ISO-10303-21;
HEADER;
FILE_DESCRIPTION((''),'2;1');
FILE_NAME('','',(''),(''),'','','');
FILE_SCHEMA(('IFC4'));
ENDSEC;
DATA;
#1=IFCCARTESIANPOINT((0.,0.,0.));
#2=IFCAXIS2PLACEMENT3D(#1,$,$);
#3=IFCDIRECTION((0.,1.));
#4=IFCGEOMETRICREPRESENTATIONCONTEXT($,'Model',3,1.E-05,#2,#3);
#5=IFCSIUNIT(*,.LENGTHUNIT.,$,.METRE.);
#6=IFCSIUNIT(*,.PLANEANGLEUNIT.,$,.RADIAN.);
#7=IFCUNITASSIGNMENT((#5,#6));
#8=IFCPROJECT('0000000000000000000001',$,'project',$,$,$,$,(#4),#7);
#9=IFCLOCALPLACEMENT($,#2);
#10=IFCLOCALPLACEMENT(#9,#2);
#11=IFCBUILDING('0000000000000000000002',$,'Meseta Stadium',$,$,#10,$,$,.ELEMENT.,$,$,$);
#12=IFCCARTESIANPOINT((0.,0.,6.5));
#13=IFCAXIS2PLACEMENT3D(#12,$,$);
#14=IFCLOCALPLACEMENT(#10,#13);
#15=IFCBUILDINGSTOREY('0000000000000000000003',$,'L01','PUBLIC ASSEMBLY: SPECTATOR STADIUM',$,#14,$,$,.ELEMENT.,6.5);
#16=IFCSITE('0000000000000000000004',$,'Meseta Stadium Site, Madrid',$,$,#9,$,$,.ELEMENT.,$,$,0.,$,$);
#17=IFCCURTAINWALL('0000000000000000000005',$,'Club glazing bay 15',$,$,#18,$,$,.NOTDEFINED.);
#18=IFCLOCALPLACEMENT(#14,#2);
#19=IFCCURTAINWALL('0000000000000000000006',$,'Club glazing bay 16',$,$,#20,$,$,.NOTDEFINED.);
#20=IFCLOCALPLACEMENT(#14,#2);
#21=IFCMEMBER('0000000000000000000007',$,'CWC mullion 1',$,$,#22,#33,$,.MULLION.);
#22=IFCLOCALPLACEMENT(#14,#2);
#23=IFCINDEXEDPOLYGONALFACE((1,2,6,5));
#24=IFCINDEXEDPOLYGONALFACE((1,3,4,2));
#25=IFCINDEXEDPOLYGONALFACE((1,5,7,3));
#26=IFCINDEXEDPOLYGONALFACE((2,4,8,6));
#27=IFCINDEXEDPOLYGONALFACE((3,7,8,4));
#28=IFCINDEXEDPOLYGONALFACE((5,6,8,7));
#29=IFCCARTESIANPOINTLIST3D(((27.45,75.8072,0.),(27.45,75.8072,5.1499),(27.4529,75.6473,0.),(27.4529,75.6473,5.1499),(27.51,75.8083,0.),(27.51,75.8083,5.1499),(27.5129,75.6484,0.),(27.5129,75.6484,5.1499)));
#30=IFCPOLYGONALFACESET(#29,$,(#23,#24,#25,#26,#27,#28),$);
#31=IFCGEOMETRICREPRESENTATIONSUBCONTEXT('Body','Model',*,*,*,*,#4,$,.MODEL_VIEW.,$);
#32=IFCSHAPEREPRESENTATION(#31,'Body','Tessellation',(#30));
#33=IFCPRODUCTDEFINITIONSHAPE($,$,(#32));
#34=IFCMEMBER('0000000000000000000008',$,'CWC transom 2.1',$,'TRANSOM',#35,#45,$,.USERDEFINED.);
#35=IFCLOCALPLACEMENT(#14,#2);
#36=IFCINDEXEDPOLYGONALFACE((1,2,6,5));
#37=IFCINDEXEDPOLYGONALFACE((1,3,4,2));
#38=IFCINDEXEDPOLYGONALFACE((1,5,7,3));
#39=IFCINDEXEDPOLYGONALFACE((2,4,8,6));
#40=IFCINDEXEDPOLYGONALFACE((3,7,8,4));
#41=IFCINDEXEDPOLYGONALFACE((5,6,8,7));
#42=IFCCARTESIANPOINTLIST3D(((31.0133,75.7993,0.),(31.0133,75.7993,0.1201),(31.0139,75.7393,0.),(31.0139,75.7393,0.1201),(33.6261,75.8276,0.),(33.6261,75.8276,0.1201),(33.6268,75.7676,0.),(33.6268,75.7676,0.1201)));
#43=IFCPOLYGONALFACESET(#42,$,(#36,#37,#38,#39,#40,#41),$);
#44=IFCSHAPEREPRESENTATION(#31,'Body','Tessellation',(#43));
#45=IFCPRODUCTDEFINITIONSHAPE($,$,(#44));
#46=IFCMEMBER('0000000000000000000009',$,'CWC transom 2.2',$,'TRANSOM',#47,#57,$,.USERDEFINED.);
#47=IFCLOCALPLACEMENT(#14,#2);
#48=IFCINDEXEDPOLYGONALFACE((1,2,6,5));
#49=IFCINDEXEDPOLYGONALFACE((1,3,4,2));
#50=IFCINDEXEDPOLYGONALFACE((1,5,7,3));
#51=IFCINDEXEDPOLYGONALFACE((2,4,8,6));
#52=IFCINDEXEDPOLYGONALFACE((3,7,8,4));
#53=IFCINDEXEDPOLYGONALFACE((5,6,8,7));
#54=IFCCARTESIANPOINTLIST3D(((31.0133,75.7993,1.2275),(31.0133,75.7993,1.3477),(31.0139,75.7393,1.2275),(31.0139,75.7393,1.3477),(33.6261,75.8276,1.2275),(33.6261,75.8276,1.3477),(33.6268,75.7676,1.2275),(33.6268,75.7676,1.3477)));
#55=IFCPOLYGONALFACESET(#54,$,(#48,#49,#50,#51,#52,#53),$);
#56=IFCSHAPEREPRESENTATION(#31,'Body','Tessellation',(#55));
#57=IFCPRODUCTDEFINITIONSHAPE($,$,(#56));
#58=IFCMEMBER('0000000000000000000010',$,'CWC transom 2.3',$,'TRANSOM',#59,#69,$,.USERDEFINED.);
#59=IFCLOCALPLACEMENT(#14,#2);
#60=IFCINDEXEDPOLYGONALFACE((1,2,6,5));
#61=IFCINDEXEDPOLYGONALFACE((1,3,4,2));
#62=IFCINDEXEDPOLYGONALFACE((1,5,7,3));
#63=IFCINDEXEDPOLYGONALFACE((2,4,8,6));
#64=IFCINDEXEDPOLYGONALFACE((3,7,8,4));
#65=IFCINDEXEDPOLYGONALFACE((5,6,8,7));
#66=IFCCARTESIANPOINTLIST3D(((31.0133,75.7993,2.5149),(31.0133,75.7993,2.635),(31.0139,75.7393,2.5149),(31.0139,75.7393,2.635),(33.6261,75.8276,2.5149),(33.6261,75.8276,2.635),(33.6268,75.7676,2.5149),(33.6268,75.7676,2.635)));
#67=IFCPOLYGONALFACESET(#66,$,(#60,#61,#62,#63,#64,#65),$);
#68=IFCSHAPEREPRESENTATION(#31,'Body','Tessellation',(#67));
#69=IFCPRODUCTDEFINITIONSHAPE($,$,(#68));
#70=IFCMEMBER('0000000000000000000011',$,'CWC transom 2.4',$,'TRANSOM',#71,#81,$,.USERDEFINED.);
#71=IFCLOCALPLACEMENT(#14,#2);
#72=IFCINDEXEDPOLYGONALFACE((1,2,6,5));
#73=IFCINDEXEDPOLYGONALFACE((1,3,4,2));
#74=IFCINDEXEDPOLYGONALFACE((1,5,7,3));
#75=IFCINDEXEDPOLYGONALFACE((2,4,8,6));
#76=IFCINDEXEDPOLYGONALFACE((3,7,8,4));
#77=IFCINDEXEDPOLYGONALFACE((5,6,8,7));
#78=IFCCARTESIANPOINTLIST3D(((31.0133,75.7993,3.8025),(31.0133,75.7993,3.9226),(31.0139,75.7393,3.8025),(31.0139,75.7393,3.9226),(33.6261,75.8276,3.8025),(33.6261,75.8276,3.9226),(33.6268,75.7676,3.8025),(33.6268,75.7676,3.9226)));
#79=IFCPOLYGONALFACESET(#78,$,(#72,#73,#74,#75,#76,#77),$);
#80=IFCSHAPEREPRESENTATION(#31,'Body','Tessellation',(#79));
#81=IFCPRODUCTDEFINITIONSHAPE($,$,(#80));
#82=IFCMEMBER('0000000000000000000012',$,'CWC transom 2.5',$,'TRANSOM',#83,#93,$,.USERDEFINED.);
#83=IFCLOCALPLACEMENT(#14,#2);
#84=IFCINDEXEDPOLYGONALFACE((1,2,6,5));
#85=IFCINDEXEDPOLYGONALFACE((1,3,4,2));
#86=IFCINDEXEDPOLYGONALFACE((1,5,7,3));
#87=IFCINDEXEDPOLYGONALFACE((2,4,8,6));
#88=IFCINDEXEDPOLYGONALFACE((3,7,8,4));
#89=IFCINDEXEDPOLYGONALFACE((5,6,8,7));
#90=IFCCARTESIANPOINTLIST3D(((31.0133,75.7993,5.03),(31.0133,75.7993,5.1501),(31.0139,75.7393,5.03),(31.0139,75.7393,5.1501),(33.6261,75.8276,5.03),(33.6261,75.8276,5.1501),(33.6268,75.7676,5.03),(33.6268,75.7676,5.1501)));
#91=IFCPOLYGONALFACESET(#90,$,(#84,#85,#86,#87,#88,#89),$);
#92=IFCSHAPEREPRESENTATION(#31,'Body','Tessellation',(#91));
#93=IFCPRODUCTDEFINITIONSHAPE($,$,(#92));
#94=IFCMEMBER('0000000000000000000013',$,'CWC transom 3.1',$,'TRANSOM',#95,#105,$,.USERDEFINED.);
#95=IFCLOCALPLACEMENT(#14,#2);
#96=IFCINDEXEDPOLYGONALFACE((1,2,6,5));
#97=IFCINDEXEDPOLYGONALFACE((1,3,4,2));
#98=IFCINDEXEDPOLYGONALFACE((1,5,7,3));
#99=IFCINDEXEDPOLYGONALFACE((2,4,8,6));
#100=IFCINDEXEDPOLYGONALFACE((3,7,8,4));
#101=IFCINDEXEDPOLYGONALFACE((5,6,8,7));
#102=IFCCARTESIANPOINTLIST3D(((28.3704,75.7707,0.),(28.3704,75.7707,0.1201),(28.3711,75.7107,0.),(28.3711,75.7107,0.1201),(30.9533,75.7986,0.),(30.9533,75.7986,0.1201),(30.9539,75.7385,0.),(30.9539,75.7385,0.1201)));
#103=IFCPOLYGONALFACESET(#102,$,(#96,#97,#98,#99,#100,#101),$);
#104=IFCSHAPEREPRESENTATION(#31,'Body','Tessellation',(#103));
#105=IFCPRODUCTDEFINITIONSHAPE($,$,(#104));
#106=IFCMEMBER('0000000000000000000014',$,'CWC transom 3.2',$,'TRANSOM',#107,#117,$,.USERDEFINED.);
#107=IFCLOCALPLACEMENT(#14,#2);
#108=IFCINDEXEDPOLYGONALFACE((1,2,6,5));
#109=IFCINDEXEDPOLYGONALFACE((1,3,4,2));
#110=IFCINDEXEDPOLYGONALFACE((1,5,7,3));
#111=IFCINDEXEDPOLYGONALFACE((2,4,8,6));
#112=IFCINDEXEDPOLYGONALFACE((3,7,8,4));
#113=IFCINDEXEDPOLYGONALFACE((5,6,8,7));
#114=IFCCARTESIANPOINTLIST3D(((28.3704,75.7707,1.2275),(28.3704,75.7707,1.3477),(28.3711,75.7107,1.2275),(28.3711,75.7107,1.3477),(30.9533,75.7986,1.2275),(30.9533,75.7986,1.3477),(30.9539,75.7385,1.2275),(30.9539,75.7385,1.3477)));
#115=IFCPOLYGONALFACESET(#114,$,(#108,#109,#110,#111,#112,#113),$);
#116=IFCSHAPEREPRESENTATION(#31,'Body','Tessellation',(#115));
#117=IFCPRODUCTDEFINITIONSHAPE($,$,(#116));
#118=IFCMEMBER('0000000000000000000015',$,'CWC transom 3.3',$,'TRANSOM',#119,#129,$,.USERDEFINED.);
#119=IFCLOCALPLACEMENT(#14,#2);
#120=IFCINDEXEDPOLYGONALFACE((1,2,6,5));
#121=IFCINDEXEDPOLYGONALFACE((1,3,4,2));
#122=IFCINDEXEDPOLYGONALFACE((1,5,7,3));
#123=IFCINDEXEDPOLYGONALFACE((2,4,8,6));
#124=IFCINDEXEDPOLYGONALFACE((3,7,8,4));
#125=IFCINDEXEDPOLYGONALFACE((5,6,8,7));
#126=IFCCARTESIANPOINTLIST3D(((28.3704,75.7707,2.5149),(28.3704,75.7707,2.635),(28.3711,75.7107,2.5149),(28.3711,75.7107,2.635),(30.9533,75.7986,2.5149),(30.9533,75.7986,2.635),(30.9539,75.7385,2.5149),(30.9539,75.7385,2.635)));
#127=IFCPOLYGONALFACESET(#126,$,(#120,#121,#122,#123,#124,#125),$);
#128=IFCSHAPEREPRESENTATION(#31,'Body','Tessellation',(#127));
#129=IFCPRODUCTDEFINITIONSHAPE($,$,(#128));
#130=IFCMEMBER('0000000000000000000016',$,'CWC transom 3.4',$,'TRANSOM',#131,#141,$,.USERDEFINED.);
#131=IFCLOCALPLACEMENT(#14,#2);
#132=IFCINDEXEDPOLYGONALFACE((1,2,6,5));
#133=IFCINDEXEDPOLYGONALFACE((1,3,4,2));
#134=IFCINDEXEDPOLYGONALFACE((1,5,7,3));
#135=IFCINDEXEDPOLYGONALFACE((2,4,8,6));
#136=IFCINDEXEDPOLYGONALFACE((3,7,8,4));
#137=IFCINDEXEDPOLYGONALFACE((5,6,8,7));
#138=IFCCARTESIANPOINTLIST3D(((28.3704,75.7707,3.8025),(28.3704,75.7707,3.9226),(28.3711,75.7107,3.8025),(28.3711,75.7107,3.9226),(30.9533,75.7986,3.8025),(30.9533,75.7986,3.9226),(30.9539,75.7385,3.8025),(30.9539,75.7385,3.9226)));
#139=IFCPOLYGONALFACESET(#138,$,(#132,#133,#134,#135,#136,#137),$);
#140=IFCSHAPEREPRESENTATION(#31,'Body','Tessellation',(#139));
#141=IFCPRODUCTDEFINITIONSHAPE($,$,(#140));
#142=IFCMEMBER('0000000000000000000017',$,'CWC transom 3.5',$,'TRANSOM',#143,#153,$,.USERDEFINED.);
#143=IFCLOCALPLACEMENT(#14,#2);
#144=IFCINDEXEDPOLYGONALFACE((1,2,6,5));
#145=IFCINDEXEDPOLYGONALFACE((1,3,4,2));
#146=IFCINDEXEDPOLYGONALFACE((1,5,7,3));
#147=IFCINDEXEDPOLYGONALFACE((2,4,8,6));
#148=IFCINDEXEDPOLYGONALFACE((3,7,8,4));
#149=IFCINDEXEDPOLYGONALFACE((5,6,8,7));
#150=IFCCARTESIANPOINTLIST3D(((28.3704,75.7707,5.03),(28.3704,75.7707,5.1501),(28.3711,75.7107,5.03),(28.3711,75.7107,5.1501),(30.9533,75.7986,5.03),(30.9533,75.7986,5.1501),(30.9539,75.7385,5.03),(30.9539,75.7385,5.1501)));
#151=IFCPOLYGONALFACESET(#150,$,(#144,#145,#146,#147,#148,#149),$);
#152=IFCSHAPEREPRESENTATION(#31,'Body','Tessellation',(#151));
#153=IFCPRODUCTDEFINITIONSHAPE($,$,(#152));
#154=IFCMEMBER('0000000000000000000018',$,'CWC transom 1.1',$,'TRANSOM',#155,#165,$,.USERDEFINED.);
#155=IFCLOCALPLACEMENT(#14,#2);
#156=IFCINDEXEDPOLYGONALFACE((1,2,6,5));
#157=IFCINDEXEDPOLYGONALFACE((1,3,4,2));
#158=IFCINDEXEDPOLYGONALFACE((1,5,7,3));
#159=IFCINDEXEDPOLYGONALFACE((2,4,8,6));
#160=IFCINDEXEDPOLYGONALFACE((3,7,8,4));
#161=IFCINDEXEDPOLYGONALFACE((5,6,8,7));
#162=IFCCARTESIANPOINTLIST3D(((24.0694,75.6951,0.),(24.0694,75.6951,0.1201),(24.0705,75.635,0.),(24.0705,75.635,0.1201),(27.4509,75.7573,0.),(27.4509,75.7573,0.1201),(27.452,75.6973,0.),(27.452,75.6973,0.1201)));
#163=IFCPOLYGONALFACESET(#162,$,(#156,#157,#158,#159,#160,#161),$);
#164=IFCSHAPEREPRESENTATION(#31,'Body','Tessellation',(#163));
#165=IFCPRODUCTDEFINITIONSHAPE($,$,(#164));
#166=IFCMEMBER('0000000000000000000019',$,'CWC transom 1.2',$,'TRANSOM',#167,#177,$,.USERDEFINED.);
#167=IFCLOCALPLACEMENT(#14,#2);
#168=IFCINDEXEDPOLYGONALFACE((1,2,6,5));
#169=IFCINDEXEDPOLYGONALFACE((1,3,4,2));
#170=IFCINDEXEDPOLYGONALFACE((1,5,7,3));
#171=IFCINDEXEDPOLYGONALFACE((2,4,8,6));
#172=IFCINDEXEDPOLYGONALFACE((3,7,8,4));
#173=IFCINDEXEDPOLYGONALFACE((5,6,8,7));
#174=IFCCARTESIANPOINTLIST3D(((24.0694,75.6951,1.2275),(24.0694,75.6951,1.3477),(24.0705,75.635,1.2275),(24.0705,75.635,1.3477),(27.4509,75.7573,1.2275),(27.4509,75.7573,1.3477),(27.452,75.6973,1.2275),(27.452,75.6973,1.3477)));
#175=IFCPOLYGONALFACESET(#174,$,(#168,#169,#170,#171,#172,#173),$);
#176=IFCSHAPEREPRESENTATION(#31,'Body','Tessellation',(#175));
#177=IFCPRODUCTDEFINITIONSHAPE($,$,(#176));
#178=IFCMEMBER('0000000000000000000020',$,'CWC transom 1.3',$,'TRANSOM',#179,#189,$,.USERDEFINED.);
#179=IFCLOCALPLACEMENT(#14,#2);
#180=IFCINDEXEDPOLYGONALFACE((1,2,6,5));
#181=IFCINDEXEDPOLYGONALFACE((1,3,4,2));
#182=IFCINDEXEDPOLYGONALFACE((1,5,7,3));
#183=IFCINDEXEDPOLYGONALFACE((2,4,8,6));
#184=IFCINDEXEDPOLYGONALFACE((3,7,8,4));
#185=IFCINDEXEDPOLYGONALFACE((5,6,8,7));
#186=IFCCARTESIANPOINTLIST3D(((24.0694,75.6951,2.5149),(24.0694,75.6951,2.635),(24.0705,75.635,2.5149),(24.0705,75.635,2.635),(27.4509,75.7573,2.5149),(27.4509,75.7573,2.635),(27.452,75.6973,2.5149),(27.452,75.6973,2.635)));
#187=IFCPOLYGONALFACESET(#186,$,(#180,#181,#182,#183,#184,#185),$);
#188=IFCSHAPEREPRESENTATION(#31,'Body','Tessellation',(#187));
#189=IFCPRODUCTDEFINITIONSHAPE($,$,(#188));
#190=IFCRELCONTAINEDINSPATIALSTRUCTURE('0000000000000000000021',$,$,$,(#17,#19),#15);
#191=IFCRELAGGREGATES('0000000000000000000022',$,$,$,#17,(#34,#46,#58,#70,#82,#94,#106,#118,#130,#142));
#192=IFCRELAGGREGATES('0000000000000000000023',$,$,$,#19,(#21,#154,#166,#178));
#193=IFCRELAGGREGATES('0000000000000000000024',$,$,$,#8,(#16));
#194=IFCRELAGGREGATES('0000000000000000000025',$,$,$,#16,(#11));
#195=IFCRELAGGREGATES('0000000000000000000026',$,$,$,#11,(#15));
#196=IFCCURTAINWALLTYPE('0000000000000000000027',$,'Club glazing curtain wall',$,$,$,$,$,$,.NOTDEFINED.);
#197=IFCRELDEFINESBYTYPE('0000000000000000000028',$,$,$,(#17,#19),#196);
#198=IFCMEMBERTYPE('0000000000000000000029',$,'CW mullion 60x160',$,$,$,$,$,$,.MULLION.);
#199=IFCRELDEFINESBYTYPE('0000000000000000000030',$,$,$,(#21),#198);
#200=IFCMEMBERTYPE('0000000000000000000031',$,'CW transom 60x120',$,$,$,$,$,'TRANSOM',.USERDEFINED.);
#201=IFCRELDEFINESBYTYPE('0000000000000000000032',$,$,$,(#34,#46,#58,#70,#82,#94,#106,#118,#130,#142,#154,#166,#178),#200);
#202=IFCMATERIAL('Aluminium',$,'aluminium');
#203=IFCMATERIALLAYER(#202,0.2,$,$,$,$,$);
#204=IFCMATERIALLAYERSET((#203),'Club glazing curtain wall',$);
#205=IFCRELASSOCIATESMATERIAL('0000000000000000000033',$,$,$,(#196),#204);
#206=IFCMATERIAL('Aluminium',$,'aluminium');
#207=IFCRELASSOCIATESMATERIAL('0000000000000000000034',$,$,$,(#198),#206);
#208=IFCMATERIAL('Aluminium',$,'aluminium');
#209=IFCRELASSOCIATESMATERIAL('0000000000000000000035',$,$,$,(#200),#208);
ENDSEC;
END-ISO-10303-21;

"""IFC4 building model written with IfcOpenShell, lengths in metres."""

from ifc_helpers import new_model, si_unit, direction, frame, origin, origin_2d, place, context, subcontext, project, spatial, rectangle, extrude, material, layer, layer_set, material_profile, profile_set, type_object, element, aggregate, save


model = new_model("IFC4")

# Units and contexts
model_context = context("Model", 3, precision=1e-05, world=origin(), true_north=direction((0.0, 1.0)))
body_context = subcontext(model_context, "Body", "Model", "MODEL_VIEW")
ifc_project = project(units=[si_unit("LENGTHUNIT", "METRE"), si_unit("PLANEANGLEUNIT", "RADIAN")], contexts=[model_context])

# Site, building, storey
site_placement = place(None, origin())
site = spatial("IfcSite", under=ifc_project, at=site_placement, Name="Meseta Stadium Site, Madrid", CompositionType="ELEMENT", RefElevation=0.0)
building_placement = place(site_placement, origin())
building = spatial("IfcBuilding", under=site, at=building_placement, Name="Meseta Stadium", CompositionType="ELEMENT")
storey_placement = place(building_placement, frame((0.0, 0.0, 6.5)))
storey = spatial("IfcBuildingStorey", under=building, at=storey_placement, Name="L01", Description="PUBLIC ASSEMBLY: SPECTATOR STADIUM", CompositionType="ELEMENT", Elevation=6.5)

# Shared definitions
ifc_material_1 = material(Name="Aluminium", Category="aluminium")
ifc_layer_1 = layer(ifc_material_1, 0.2)
ifc_layer_set_1 = layer_set([ifc_layer_1], Name="Club glazing curtain wall")
curtain_wall_type = type_object("IfcCurtainWallType", Name="Club glazing curtain wall", PredefinedType="NOTDEFINED", material=ifc_layer_set_1)
ifc_material_2 = material(Name="Aluminium", Category="aluminium")
ifc_material_profile_1 = material_profile(ifc_material_2, rectangle(XDim=0.1599, YDim=0.0601, at=origin_2d()), Name="CW 160x60")
ifc_profile_set_1 = profile_set([ifc_material_profile_1], Name="Aluminium")
member_type_1 = type_object("IfcMemberType", Name="CW mullion 60x160", PredefinedType="MULLION", material=ifc_profile_set_1)

# Curtain wall
curtain_wall_1_placement = place(storey_placement, origin())
curtain_wall_1 = element("IfcCurtainWall", 1, at=curtain_wall_1_placement, inside=storey, type_object=curtain_wall_type, Name="Club glazing bay 15", PredefinedType="NOTDEFINED")

# Curtain wall, member
curtain_wall_2_placement = place(storey_placement, origin())
curtain_wall_2 = element("IfcCurtainWall", 2, at=curtain_wall_2_placement, inside=storey, type_object=curtain_wall_type, Name="Club glazing bay 16", PredefinedType="NOTDEFINED")
member_1_placement = place(storey_placement, frame((27.4814, 75.7278, 0.0), z_axis=(0.0, 0.0, 1.0), x_axis=(0.018384, -0.999831, 0.0)))
member_1 = element("IfcMember", 3, at=member_1_placement, type_object=member_type_1, Name="CWC mullion 1", PredefinedType="MULLION", context=body_context, shape_type="SweptSolid", body=[
    extrude(rectangle(XDim=0.1599, YDim=0.0601, at=origin_2d()), origin(), (0.0, 0.0, 1.0), 5.1499),
])

# Members
ifc_material_3 = material(Name="Aluminium", Category="aluminium")
ifc_material_profile_2 = material_profile(ifc_material_3, rectangle(XDim=0.0601, YDim=0.1201, at=origin_2d()), Name="CW 60x120")
ifc_profile_set_2 = profile_set([ifc_material_profile_2], Name="Aluminium")
member_type_2 = type_object("IfcMemberType", Name="CW transom 60x120", ElementType="TRANSOM", PredefinedType="USERDEFINED", material=ifc_profile_set_2)
member_2_placement = place(storey_placement, frame((33.6265, 75.7976, 0.0601), z_axis=(-0.999941, -0.010838, 0.0), x_axis=(0.010838, -0.999941, 0.0)))
member_2 = element("IfcMember", 4, at=member_2_placement, type_object=member_type_2, Name="CWC transom 2.1", ObjectType="TRANSOM", PredefinedType="USERDEFINED", context=body_context, shape_type="SweptSolid", body=[
    extrude(rectangle(XDim=0.0601, YDim=0.1201, at=origin_2d()), origin(), (0.0, 0.0, 1.0), 2.613),
])
member_3_placement = place(storey_placement, frame((33.6265, 75.7976, 1.2876), z_axis=(-0.999941, -0.010838, 0.0), x_axis=(0.010838, -0.999941, 0.0)))
member_3 = element("IfcMember", 5, at=member_3_placement, type_object=member_type_2, Name="CWC transom 2.2", ObjectType="TRANSOM", PredefinedType="USERDEFINED", context=body_context, shape_type="SweptSolid", body=[
    extrude(rectangle(XDim=0.0601, YDim=0.1201, at=origin_2d()), origin(), (0.0, 0.0, 1.0), 2.613),
])
member_4_placement = place(storey_placement, frame((33.6265, 75.7976, 2.575), z_axis=(-0.999941, -0.010838, 0.0), x_axis=(0.010838, -0.999941, 0.0)))
member_4 = element("IfcMember", 6, at=member_4_placement, type_object=member_type_2, Name="CWC transom 2.3", ObjectType="TRANSOM", PredefinedType="USERDEFINED", context=body_context, shape_type="SweptSolid", body=[
    extrude(rectangle(XDim=0.0601, YDim=0.1201, at=origin_2d()), origin(), (0.0, 0.0, 1.0), 2.613),
])
member_5_placement = place(storey_placement, frame((33.6265, 75.7976, 3.8625), z_axis=(-0.999941, -0.010838, 0.0), x_axis=(0.010838, -0.999941, 0.0)))
member_5 = element("IfcMember", 7, at=member_5_placement, type_object=member_type_2, Name="CWC transom 2.4", ObjectType="TRANSOM", PredefinedType="USERDEFINED", context=body_context, shape_type="SweptSolid", body=[
    extrude(rectangle(XDim=0.0601, YDim=0.1201, at=origin_2d()), origin(), (0.0, 0.0, 1.0), 2.613),
])
member_6_placement = place(storey_placement, frame((33.6265, 75.7976, 5.0901), z_axis=(-0.999941, -0.010838, 0.0), x_axis=(0.010838, -0.999941, 0.0)))
member_6 = element("IfcMember", 8, at=member_6_placement, type_object=member_type_2, Name="CWC transom 2.5", ObjectType="TRANSOM", PredefinedType="USERDEFINED", context=body_context, shape_type="SweptSolid", body=[
    extrude(rectangle(XDim=0.0601, YDim=0.1201, at=origin_2d()), origin(), (0.0, 0.0, 1.0), 2.613),
])
member_7_placement = place(storey_placement, frame((30.9536, 75.7686, 0.0601), z_axis=(-0.999942, -0.010775, 0.0), x_axis=(0.010775, -0.999942, 0.0)))
member_7 = element("IfcMember", 9, at=member_7_placement, type_object=member_type_2, Name="CWC transom 3.1", ObjectType="TRANSOM", PredefinedType="USERDEFINED", context=body_context, shape_type="SweptSolid", body=[
    extrude(rectangle(XDim=0.0601, YDim=0.1201, at=origin_2d()), origin(), (0.0, 0.0, 1.0), 2.583),
])
member_8_placement = place(storey_placement, frame((30.9536, 75.7686, 1.2876), z_axis=(-0.999942, -0.010775, 0.0), x_axis=(0.010775, -0.999942, 0.0)))
member_8 = element("IfcMember", 10, at=member_8_placement, type_object=member_type_2, Name="CWC transom 3.2", ObjectType="TRANSOM", PredefinedType="USERDEFINED", context=body_context, shape_type="SweptSolid", body=[
    extrude(rectangle(XDim=0.0601, YDim=0.1201, at=origin_2d()), origin(), (0.0, 0.0, 1.0), 2.583),
])
member_9_placement = place(storey_placement, frame((30.9536, 75.7686, 2.575), z_axis=(-0.999942, -0.010775, 0.0), x_axis=(0.010775, -0.999942, 0.0)))
member_9 = element("IfcMember", 11, at=member_9_placement, type_object=member_type_2, Name="CWC transom 3.3", ObjectType="TRANSOM", PredefinedType="USERDEFINED", context=body_context, shape_type="SweptSolid", body=[
    extrude(rectangle(XDim=0.0601, YDim=0.1201, at=origin_2d()), origin(), (0.0, 0.0, 1.0), 2.583),
])
member_10_placement = place(storey_placement, frame((30.9536, 75.7686, 3.8625), z_axis=(-0.999942, -0.010775, 0.0), x_axis=(0.010775, -0.999942, 0.0)))
member_10 = element("IfcMember", 12, at=member_10_placement, type_object=member_type_2, Name="CWC transom 3.4", ObjectType="TRANSOM", PredefinedType="USERDEFINED", context=body_context, shape_type="SweptSolid", body=[
    extrude(rectangle(XDim=0.0601, YDim=0.1201, at=origin_2d()), origin(), (0.0, 0.0, 1.0), 2.583),
])
member_11_placement = place(storey_placement, frame((30.9536, 75.7686, 5.0901), z_axis=(-0.999942, -0.010775, 0.0), x_axis=(0.010775, -0.999942, 0.0)))
member_11 = element("IfcMember", 13, at=member_11_placement, type_object=member_type_2, Name="CWC transom 3.5", ObjectType="TRANSOM", PredefinedType="USERDEFINED", context=body_context, shape_type="SweptSolid", body=[
    extrude(rectangle(XDim=0.0601, YDim=0.1201, at=origin_2d()), origin(), (0.0, 0.0, 1.0), 2.583),
])
member_12_placement = place(storey_placement, frame((27.4514, 75.7273, 0.0601), z_axis=(-0.999831, -0.018407, 0.0), x_axis=(0.018407, -0.999831, 0.0)))
member_12 = element("IfcMember", 14, at=member_12_placement, type_object=member_type_2, Name="CWC transom 1.1", ObjectType="TRANSOM", PredefinedType="USERDEFINED", context=body_context, shape_type="SweptSolid", body=[
    extrude(rectangle(XDim=0.0601, YDim=0.1201, at=origin_2d()), origin(), (0.0, 0.0, 1.0), 3.3821),
])
member_13_placement = place(storey_placement, frame((27.4514, 75.7273, 1.2876), z_axis=(-0.999831, -0.018407, 0.0), x_axis=(0.018407, -0.999831, 0.0)))
member_13 = element("IfcMember", 15, at=member_13_placement, type_object=member_type_2, Name="CWC transom 1.2", ObjectType="TRANSOM", PredefinedType="USERDEFINED", context=body_context, shape_type="SweptSolid", body=[
    extrude(rectangle(XDim=0.0601, YDim=0.1201, at=origin_2d()), origin(), (0.0, 0.0, 1.0), 3.3821),
])
member_14_placement = place(storey_placement, frame((27.4514, 75.7273, 2.575), z_axis=(-0.999831, -0.018407, 0.0), x_axis=(0.018407, -0.999831, 0.0)))
member_14 = element("IfcMember", 16, at=member_14_placement, type_object=member_type_2, Name="CWC transom 1.3", ObjectType="TRANSOM", PredefinedType="USERDEFINED", context=body_context, shape_type="SweptSolid", body=[
    extrude(rectangle(XDim=0.0601, YDim=0.1201, at=origin_2d()), origin(), (0.0, 0.0, 1.0), 3.3821),
])

aggregate(curtain_wall_1, [member_2, member_3, member_4, member_5, member_6, member_7, member_8, member_9, member_10, member_11])
aggregate(curtain_wall_2, [member_1, member_12, member_13, member_14])

save(model, "model.ifc")
